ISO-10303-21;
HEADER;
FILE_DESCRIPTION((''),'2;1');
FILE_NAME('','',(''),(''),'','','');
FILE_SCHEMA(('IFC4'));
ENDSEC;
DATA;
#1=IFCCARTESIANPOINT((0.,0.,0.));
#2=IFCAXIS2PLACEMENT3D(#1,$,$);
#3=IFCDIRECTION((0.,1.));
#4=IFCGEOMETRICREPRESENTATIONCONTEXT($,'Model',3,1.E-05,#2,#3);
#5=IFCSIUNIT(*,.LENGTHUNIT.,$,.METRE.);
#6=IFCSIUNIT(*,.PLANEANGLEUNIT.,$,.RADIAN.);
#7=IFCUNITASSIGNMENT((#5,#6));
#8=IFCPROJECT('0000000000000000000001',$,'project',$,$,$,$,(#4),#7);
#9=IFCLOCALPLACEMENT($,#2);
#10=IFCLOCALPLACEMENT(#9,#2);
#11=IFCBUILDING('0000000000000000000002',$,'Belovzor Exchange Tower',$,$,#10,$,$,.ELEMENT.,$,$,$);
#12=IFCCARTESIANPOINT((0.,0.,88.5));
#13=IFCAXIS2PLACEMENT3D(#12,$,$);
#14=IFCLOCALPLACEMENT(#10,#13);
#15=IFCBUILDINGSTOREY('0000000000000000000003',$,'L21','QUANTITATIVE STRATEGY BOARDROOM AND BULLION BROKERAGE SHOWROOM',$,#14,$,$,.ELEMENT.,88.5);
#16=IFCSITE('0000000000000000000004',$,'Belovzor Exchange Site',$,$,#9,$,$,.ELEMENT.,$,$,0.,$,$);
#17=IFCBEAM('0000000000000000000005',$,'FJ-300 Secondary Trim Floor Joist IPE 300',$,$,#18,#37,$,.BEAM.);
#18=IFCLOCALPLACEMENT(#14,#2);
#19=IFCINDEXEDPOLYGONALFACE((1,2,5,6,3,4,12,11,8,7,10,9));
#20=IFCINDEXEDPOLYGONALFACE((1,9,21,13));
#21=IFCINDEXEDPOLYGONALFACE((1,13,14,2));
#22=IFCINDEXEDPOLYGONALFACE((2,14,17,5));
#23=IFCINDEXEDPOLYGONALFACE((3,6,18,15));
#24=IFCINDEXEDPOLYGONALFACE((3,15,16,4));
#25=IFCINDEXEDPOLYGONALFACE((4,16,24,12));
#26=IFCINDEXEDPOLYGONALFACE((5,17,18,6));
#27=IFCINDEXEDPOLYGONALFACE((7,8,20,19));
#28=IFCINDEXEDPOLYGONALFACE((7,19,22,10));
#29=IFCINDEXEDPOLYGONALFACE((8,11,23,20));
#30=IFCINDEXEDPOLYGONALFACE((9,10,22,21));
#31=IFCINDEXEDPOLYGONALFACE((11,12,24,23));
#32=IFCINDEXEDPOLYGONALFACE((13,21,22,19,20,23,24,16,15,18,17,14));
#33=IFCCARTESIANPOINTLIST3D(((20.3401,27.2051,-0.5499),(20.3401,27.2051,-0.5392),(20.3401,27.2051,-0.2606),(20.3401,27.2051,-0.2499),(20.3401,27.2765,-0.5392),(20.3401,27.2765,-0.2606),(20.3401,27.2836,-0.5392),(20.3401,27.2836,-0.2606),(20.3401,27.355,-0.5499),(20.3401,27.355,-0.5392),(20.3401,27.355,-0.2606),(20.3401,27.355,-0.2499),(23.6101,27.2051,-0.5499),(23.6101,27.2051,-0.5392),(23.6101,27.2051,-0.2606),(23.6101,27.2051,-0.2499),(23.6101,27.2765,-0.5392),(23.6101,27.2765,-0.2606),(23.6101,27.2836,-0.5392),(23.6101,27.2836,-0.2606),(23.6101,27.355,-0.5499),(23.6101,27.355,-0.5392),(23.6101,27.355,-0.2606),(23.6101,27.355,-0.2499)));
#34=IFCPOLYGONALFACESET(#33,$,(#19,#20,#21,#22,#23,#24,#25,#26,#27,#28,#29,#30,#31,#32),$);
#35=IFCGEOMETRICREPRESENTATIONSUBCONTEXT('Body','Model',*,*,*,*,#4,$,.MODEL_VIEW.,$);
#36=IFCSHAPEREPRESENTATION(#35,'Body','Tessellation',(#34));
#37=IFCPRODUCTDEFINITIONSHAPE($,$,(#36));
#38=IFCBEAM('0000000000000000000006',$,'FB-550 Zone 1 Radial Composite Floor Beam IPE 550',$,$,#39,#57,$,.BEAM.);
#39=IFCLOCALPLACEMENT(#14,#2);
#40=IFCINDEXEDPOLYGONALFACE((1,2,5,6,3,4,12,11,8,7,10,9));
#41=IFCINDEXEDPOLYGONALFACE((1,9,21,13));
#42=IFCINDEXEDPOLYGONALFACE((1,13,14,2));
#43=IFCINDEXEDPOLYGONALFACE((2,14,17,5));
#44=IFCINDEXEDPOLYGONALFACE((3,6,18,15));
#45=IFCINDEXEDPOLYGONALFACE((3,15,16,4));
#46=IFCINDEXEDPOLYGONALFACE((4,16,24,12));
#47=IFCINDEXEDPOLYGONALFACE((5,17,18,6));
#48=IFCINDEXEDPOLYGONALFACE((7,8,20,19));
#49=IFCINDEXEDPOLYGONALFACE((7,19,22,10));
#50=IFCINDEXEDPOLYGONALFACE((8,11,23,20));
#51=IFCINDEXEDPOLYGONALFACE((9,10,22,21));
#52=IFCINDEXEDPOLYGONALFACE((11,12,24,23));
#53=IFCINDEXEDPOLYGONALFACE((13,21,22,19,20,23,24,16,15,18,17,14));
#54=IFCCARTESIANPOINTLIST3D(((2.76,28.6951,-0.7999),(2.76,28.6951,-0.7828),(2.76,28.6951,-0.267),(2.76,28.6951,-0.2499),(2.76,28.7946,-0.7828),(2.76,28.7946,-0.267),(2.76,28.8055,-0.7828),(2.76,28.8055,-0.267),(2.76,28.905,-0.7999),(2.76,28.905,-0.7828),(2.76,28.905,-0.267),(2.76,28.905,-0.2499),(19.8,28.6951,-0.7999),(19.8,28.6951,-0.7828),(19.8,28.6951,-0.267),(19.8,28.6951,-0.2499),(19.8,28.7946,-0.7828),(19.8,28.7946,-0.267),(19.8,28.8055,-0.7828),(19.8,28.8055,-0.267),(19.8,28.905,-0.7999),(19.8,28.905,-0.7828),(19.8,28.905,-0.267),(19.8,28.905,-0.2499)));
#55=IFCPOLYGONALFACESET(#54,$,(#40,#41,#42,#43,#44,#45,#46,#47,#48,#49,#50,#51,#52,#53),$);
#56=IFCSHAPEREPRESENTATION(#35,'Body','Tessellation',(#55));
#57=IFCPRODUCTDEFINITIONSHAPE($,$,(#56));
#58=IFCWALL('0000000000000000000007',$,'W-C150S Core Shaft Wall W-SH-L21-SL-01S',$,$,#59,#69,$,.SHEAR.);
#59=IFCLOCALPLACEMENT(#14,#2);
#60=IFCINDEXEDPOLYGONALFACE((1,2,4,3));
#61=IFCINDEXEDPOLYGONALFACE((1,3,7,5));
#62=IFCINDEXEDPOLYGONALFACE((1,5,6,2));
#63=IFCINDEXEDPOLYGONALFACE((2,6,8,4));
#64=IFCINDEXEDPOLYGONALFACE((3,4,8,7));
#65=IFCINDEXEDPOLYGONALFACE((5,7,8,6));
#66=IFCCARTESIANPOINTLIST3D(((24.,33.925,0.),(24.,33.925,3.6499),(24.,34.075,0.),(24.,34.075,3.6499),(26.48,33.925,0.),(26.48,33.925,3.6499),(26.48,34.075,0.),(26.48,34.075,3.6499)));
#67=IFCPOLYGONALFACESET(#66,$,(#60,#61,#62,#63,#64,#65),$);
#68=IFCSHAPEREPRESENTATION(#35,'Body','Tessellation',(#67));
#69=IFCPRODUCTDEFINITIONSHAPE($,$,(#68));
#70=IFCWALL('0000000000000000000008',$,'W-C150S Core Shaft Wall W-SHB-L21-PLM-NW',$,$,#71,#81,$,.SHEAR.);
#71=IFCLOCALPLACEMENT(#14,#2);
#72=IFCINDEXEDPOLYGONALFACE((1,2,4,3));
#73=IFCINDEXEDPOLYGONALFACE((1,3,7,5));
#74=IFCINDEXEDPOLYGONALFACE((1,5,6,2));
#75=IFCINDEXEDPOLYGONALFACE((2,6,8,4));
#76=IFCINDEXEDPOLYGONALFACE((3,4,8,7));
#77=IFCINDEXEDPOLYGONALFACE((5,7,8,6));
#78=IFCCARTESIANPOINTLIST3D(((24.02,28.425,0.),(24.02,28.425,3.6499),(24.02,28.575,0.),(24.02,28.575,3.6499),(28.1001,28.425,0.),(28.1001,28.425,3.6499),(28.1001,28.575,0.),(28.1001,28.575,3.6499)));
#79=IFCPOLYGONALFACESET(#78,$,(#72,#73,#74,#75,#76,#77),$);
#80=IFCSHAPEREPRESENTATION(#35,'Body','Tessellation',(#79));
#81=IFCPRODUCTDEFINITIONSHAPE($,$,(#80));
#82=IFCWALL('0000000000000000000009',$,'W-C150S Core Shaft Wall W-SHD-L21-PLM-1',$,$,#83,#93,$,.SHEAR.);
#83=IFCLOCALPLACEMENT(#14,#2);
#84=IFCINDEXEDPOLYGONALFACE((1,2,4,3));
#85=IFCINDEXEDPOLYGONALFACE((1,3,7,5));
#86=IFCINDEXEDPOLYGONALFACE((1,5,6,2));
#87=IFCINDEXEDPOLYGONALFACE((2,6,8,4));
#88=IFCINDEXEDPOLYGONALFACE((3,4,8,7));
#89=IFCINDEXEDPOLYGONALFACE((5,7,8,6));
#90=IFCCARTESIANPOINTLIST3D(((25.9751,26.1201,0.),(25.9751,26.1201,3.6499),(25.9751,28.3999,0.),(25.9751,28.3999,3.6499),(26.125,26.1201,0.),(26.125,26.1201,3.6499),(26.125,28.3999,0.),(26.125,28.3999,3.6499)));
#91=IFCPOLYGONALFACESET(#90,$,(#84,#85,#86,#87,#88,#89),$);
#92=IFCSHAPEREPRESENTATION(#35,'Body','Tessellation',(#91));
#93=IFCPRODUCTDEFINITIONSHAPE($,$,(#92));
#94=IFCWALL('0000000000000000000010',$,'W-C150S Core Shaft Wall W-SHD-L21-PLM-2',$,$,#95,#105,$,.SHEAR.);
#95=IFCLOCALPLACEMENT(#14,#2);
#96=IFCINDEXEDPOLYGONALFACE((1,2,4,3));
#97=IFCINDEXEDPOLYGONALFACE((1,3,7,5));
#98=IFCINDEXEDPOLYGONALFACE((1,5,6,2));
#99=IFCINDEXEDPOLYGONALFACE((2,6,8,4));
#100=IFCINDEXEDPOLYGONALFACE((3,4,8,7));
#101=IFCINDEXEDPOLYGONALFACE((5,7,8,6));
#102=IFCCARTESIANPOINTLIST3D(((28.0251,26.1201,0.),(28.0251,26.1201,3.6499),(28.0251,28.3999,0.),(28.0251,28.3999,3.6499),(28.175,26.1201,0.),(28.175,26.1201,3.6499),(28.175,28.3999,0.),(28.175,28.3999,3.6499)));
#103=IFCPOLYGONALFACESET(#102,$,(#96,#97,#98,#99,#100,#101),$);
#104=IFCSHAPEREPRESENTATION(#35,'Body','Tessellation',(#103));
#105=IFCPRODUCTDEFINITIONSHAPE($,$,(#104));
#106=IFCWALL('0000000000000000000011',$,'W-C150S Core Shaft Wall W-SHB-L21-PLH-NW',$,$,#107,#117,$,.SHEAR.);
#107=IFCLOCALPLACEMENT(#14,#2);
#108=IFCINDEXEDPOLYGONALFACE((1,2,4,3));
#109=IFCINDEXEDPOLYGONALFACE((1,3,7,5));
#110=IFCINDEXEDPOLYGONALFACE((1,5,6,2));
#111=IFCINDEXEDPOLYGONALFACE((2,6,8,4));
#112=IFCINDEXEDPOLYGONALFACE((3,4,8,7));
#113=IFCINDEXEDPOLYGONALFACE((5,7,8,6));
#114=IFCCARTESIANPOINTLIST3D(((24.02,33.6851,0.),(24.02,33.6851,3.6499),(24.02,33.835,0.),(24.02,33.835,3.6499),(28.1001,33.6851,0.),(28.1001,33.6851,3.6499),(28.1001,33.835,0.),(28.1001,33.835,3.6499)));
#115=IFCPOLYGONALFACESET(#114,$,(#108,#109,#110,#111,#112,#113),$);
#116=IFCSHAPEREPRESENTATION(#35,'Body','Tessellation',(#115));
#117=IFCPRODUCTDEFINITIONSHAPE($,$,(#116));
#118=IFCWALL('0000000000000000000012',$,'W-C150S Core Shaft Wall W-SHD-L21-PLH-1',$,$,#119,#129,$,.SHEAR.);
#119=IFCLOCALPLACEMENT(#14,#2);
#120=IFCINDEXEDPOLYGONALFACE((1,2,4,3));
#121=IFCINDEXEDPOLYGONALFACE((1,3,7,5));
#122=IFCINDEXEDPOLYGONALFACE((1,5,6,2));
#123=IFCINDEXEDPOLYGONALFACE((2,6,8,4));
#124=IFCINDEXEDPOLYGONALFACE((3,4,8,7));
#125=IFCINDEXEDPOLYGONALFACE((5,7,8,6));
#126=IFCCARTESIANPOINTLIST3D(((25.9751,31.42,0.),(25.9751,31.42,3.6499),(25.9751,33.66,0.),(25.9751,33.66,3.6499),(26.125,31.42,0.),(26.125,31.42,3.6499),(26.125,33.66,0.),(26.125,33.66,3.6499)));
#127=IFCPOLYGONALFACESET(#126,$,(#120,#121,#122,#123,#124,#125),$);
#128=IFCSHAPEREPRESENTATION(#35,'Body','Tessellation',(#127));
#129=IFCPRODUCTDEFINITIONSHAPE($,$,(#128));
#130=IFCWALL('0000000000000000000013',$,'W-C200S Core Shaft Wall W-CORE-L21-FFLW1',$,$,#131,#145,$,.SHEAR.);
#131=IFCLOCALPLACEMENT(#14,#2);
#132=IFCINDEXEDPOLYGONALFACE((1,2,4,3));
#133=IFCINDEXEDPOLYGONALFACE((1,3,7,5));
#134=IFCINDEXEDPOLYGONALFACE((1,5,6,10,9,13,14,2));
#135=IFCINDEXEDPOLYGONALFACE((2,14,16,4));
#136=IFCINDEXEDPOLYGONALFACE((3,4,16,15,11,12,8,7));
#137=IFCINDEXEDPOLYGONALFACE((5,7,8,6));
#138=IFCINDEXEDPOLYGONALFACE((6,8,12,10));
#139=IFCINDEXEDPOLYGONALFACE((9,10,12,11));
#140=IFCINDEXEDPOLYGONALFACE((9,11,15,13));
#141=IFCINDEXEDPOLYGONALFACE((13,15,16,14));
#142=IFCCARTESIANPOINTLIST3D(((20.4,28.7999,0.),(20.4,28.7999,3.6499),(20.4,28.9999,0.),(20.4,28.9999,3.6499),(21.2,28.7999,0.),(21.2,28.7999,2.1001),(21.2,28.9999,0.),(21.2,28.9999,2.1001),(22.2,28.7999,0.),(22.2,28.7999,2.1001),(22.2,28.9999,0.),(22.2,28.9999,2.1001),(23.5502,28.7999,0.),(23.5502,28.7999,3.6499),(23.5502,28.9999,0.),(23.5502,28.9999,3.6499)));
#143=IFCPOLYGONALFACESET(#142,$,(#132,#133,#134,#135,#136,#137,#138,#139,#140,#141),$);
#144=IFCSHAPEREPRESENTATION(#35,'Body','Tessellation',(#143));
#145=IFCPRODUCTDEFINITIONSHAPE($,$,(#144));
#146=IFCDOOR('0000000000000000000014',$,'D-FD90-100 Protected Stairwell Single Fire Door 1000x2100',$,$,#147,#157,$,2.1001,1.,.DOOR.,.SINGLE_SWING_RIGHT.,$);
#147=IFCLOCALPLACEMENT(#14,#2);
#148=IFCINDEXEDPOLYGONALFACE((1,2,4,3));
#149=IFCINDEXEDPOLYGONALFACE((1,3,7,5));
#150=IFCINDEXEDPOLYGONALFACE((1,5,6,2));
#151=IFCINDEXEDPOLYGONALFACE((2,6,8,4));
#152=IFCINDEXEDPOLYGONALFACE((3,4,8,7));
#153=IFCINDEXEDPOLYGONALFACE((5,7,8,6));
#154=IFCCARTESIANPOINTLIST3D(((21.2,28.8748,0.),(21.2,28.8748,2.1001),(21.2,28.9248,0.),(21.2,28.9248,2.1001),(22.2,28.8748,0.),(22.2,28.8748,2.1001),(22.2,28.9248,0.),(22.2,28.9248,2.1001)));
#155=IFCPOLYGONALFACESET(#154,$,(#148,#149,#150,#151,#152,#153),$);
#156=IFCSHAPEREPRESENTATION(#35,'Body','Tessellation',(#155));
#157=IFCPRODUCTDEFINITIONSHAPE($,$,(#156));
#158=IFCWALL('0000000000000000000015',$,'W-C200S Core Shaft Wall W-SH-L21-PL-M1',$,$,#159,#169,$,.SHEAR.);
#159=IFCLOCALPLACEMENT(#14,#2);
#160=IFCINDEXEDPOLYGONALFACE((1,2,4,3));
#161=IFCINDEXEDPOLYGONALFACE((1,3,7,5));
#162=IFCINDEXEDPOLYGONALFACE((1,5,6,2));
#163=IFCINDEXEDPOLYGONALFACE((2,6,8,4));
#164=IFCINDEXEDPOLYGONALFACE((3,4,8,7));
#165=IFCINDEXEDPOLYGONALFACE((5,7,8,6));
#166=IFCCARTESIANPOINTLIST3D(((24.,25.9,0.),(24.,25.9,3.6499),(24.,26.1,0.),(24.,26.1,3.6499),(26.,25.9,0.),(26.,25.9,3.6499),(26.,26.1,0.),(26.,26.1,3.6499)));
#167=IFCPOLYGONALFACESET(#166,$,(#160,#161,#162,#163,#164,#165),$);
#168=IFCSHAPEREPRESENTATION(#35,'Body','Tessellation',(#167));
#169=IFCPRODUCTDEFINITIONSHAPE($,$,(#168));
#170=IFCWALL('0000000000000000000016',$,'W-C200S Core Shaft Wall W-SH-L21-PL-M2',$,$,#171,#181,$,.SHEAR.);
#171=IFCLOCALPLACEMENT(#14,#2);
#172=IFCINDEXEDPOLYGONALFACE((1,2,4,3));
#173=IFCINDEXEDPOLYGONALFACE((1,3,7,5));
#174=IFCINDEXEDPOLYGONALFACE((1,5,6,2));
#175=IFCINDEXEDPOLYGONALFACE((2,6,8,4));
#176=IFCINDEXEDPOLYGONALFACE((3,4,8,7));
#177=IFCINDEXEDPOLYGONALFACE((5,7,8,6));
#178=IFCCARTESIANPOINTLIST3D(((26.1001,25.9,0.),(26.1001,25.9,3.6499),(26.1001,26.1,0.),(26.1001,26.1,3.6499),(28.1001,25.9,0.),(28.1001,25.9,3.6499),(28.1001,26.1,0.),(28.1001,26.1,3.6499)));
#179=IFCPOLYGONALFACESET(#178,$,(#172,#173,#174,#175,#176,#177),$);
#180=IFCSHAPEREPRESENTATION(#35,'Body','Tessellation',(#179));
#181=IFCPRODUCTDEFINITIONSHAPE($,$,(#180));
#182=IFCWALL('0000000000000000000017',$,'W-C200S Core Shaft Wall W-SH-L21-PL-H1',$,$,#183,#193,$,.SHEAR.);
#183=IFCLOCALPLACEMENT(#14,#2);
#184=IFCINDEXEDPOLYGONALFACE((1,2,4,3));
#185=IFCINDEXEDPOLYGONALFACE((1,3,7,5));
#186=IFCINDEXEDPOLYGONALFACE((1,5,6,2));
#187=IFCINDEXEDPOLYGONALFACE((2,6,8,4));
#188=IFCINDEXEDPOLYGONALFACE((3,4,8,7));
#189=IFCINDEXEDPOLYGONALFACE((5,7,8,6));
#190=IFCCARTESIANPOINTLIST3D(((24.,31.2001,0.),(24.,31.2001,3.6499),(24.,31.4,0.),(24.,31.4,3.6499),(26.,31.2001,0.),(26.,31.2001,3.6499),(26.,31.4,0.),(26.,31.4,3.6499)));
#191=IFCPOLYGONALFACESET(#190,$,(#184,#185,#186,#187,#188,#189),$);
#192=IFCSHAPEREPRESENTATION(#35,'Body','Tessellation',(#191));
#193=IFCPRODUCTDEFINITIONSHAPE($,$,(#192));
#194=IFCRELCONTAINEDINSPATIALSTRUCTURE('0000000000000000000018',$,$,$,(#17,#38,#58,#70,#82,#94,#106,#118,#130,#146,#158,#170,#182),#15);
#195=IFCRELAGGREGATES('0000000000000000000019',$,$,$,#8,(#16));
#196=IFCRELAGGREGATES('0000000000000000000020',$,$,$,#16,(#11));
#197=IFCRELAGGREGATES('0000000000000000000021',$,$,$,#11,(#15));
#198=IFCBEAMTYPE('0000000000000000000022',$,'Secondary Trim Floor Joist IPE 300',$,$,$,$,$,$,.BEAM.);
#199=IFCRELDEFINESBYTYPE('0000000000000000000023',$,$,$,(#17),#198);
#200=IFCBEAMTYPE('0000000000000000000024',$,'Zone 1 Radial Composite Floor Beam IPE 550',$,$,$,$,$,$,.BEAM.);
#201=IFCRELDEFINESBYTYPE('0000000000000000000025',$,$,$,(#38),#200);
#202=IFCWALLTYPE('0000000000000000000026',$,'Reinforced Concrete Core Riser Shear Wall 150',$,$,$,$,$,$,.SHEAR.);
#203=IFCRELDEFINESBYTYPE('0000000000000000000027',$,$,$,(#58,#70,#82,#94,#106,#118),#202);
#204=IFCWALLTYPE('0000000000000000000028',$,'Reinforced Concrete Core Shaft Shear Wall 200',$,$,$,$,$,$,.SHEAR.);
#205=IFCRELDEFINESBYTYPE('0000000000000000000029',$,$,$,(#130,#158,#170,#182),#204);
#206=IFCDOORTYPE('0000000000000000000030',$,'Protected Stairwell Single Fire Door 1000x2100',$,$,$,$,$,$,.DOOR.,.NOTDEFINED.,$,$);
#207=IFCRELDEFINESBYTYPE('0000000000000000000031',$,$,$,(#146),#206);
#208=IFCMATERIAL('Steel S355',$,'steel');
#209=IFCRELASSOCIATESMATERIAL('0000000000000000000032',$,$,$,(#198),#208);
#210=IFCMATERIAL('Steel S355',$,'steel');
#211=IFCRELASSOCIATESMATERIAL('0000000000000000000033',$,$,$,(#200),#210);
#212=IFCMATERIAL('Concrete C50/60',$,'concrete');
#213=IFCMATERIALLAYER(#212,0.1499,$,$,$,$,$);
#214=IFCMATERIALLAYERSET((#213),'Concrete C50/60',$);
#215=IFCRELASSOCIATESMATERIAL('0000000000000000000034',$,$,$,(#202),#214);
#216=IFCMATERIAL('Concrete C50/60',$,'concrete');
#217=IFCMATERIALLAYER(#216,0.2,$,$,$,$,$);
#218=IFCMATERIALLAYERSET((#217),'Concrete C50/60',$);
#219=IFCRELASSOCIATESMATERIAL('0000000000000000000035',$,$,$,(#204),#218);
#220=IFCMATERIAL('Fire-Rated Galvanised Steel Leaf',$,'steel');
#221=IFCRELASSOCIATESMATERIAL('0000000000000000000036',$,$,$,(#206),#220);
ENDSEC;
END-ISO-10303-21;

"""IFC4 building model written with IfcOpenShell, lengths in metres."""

from ifc_helpers import new_model, si_unit, direction, frame, frame_2d, origin, origin_2d, place, context, subcontext, project, spatial, rectangle, i_section, extrude, material, layer, layer_set, material_profile, profile_set, type_object, element, fill, save


model = new_model("IFC4")

# Units and contexts
model_context = context("Model", 3, precision=1e-05, world=origin(), true_north=direction((0.0, 1.0)))
body_context = subcontext(model_context, "Body", "Model", "MODEL_VIEW")
ifc_project = project(units=[si_unit("LENGTHUNIT", "METRE"), si_unit("PLANEANGLEUNIT", "RADIAN")], contexts=[model_context])

# Site, building, storey
site_placement = place(None, origin())
site = spatial("IfcSite", under=ifc_project, at=site_placement, Name="Belovzor Exchange Site", CompositionType="ELEMENT", RefElevation=0.0)
building_placement = place(site_placement, origin())
building = spatial("IfcBuilding", under=site, at=building_placement, Name="Belovzor Exchange Tower", CompositionType="ELEMENT")
storey_placement = place(building_placement, frame((0.0, 0.0, 88.5)))
storey = spatial("IfcBuildingStorey", under=building, at=storey_placement, Name="L21", Description="QUANTITATIVE STRATEGY BOARDROOM AND BULLION BROKERAGE SHOWROOM", CompositionType="ELEMENT", Elevation=88.5)

# Beams
ifc_material_1 = material(Name="Steel S355", Category="steel")
ifc_material_profile_1 = material_profile(ifc_material_1, i_section(OverallWidth=0.1499, OverallDepth=0.3, WebThickness=0.0071, FlangeThickness=0.0107, at=origin_2d()))
ifc_profile_set_1 = profile_set([ifc_material_profile_1], Name="Steel S355")
beam_type_1 = type_object("IfcBeamType", Name="Secondary Trim Floor Joist IPE 300", PredefinedType="BEAM", material=ifc_profile_set_1)
beam_1_placement = place(storey_placement, frame((20.3401, 27.28, -0.3999), z_axis=(1.0, 0.0, 0.0), x_axis=(0.0, 1.0, 0.0)))
element("IfcBeam", 1, at=beam_1_placement, inside=storey, type_object=beam_type_1, Name="FJ-300 Secondary Trim Floor Joist IPE 300", PredefinedType="BEAM", context=body_context, shape_type="SweptSolid", body=[
    extrude(i_section(OverallWidth=0.1499, OverallDepth=0.3, WebThickness=0.0071, FlangeThickness=0.0107, at=origin_2d()), origin(), (0.0, 0.0, 1.0), 3.27),
])
ifc_material_2 = material(Name="Steel S355", Category="steel")
ifc_material_profile_2 = material_profile(ifc_material_2, i_section(OverallWidth=0.21, OverallDepth=0.55, WebThickness=0.011, FlangeThickness=0.0171, at=origin_2d()))
ifc_profile_set_2 = profile_set([ifc_material_profile_2], Name="Steel S355")
beam_type_2 = type_object("IfcBeamType", Name="Zone 1 Radial Composite Floor Beam IPE 550", PredefinedType="BEAM", material=ifc_profile_set_2)
beam_2_placement = place(storey_placement, frame((19.8, 28.8, -0.5249), z_axis=(-1.0, 0.0, 0.0), x_axis=(0.0, -1.0, 0.0)))
element("IfcBeam", 2, at=beam_2_placement, inside=storey, type_object=beam_type_2, Name="FB-550 Zone 1 Radial Composite Floor Beam IPE 550", PredefinedType="BEAM", context=body_context, shape_type="SweptSolid", body=[
    extrude(i_section(OverallWidth=0.21, OverallDepth=0.55, WebThickness=0.011, FlangeThickness=0.0171, at=origin_2d()), origin(), (0.0, 0.0, 1.0), 17.04),
])

# Walls
ifc_material_3 = material(Name="Concrete C50/60", Category="concrete")
ifc_layer_1 = layer(ifc_material_3, 0.1499)
ifc_layer_set_1 = layer_set([ifc_layer_1], Name="Concrete C50/60")
wall_type_1 = type_object("IfcWallType", Name="Reinforced Concrete Core Riser Shear Wall 150", PredefinedType="SHEAR", material=ifc_layer_set_1)
wall_1_placement = place(storey_placement, frame((24.0, 34.0, 0.0), z_axis=(0.0, 0.0, 1.0), x_axis=(1.0, 0.0, 0.0)))
element("IfcWall", 3, at=wall_1_placement, inside=storey, type_object=wall_type_1, Name="W-C150S Core Shaft Wall W-SH-L21-SL-01S", PredefinedType="SHEAR", context=body_context, shape_type="SweptSolid", body=[
    extrude(rectangle(XDim=2.48, YDim=0.1499, at=frame_2d((1.24, 0.0))), origin(), (0.0, 0.0, 1.0), 3.6499),
])
wall_2_placement = place(storey_placement, frame((24.02, 28.5, 0.0), z_axis=(0.0, 0.0, 1.0), x_axis=(1.0, 0.0, 0.0)))
element("IfcWall", 4, at=wall_2_placement, inside=storey, type_object=wall_type_1, Name="W-C150S Core Shaft Wall W-SHB-L21-PLM-NW", PredefinedType="SHEAR", context=body_context, shape_type="SweptSolid", body=[
    extrude(rectangle(XDim=4.0801, YDim=0.1499, at=frame_2d((2.04, 0.0))), origin(), (0.0, 0.0, 1.0), 3.6499),
])
for number, where, z_axis, x_axis, name in (
    (5, (26.05, 26.1201, 0.0), (0.0, 0.0, 1.0), (0.0, 1.0, 0.0), "W-C150S Core Shaft Wall W-SHD-L21-PLM-1"),
    (6, (28.1001, 26.1201, 0.0), (0.0, 0.0, 1.0), (0.0, 1.0, 0.0), "W-C150S Core Shaft Wall W-SHD-L21-PLM-2"),
):
    element("IfcWall", number, at=place(storey_placement, frame(where, z_axis=z_axis, x_axis=x_axis)), inside=storey, type_object=wall_type_1, Name=name, PredefinedType="SHEAR", context=body_context, shape_type="SweptSolid", body=[
        extrude(rectangle(XDim=2.2798, YDim=0.1499, at=frame_2d((1.1399, 0.0))), origin(), (0.0, 0.0, 1.0), 3.6499),
    ])
wall_3_placement = place(storey_placement, frame((24.02, 33.76, 0.0), z_axis=(0.0, 0.0, 1.0), x_axis=(1.0, 0.0, 0.0)))
element("IfcWall", 7, at=wall_3_placement, inside=storey, type_object=wall_type_1, Name="W-C150S Core Shaft Wall W-SHB-L21-PLH-NW", PredefinedType="SHEAR", context=body_context, shape_type="SweptSolid", body=[
    extrude(rectangle(XDim=4.0801, YDim=0.1499, at=frame_2d((2.04, 0.0))), origin(), (0.0, 0.0, 1.0), 3.6499),
])
wall_4_placement = place(storey_placement, frame((26.05, 31.4199, 0.0), z_axis=(0.0, 0.0, 1.0), x_axis=(0.0, 1.0, 0.0)))
element("IfcWall", 8, at=wall_4_placement, inside=storey, type_object=wall_type_1, Name="W-C150S Core Shaft Wall W-SHD-L21-PLH-1", PredefinedType="SHEAR", context=body_context, shape_type="SweptSolid", body=[
    extrude(rectangle(XDim=2.24, YDim=0.1499, at=frame_2d((1.1201, 0.0))), origin(), (0.0, 0.0, 1.0), 3.6499),
])

# Wall, opening, door
ifc_material_4 = material(Name="Concrete C50/60", Category="concrete")
ifc_layer_2 = layer(ifc_material_4, 0.2)
ifc_layer_set_2 = layer_set([ifc_layer_2], Name="Concrete C50/60")
wall_type_2 = type_object("IfcWallType", Name="Reinforced Concrete Core Shaft Shear Wall 200", PredefinedType="SHEAR", material=ifc_layer_set_2)
wall_5_placement = place(storey_placement, frame((20.3999, 28.8999, 0.0), z_axis=(0.0, 0.0, 1.0), x_axis=(1.0, 0.0, 0.0)))
wall_5 = element("IfcWall", 9, at=wall_5_placement, inside=storey, type_object=wall_type_2, Name="W-C200S Core Shaft Wall W-CORE-L21-FFLW1", PredefinedType="SHEAR", context=body_context, shape_type="SweptSolid", body=[
    extrude(rectangle(XDim=3.1501, YDim=0.2, at=frame_2d((1.5752, 0.0))), origin(), (0.0, 0.0, 1.0), 3.6499),
])
opening_1_placement = place(wall_5_placement, frame((0.8, 0.0, 0.0)))
opening_1 = element("IfcOpeningElement", 10, at=opening_1_placement, cuts=wall_5, PredefinedType="OPENING", context=body_context, shape_type="SweptSolid", body=[
    extrude(rectangle(XDim=1.0, YDim=2.1001, at=frame_2d((0.5, 1.05))), frame((0.0, 0.1099, 0.0), z_axis=(0.0, -1.0, 0.0), x_axis=(1.0, 0.0, 0.0)), (0.0, 0.0, 1.0), 0.22),
])
ifc_material_5 = material(Name="Fire-Rated Galvanised Steel Leaf", Category="steel")
door_type_1 = type_object("IfcDoorType", Name="Protected Stairwell Single Fire Door 1000x2100", OperationType="NOTDEFINED", PredefinedType="DOOR", material=ifc_material_5)
door_1_placement = place(opening_1_placement, origin())
door_1 = element("IfcDoor", 11, at=door_1_placement, inside=storey, type_object=door_type_1, Name="D-FD90-100 Protected Stairwell Single Fire Door 1000x2100", OperationType="SINGLE_SWING_RIGHT", OverallHeight=2.1001, OverallWidth=1.0, PredefinedType="DOOR", context=body_context, shape_type="SweptSolid", body=[
    extrude(rectangle(XDim=1.0, YDim=2.1001, at=frame_2d((0.5, 1.05))), frame((0.0, 0.0249, 0.0), z_axis=(0.0, -1.0, 0.0), x_axis=(1.0, 0.0, 0.0)), (0.0, 0.0, 1.0), 0.05),
])
fill(opening_1, door_1)

# Walls
for number, where, z_axis, x_axis, name in (
    (12, (24.0, 26.0, 0.0), (0.0, 0.0, 1.0), (1.0, 0.0, 0.0), "W-C200S Core Shaft Wall W-SH-L21-PL-M1"),
    (13, (26.1001, 26.0, 0.0), (0.0, 0.0, 1.0), (1.0, 0.0, 0.0), "W-C200S Core Shaft Wall W-SH-L21-PL-M2"),
    (14, (24.0, 31.3, 0.0), (0.0, 0.0, 1.0), (1.0, 0.0, 0.0), "W-C200S Core Shaft Wall W-SH-L21-PL-H1"),
):
    element("IfcWall", number, at=place(storey_placement, frame(where, z_axis=z_axis, x_axis=x_axis)), inside=storey, type_object=wall_type_2, Name=name, PredefinedType="SHEAR", context=body_context, shape_type="SweptSolid", body=[
        extrude(rectangle(XDim=2.0, YDim=0.2, at=frame_2d((1.0, 0.0))), origin(), (0.0, 0.0, 1.0), 3.6499),
    ])

save(model, "model.ifc")
